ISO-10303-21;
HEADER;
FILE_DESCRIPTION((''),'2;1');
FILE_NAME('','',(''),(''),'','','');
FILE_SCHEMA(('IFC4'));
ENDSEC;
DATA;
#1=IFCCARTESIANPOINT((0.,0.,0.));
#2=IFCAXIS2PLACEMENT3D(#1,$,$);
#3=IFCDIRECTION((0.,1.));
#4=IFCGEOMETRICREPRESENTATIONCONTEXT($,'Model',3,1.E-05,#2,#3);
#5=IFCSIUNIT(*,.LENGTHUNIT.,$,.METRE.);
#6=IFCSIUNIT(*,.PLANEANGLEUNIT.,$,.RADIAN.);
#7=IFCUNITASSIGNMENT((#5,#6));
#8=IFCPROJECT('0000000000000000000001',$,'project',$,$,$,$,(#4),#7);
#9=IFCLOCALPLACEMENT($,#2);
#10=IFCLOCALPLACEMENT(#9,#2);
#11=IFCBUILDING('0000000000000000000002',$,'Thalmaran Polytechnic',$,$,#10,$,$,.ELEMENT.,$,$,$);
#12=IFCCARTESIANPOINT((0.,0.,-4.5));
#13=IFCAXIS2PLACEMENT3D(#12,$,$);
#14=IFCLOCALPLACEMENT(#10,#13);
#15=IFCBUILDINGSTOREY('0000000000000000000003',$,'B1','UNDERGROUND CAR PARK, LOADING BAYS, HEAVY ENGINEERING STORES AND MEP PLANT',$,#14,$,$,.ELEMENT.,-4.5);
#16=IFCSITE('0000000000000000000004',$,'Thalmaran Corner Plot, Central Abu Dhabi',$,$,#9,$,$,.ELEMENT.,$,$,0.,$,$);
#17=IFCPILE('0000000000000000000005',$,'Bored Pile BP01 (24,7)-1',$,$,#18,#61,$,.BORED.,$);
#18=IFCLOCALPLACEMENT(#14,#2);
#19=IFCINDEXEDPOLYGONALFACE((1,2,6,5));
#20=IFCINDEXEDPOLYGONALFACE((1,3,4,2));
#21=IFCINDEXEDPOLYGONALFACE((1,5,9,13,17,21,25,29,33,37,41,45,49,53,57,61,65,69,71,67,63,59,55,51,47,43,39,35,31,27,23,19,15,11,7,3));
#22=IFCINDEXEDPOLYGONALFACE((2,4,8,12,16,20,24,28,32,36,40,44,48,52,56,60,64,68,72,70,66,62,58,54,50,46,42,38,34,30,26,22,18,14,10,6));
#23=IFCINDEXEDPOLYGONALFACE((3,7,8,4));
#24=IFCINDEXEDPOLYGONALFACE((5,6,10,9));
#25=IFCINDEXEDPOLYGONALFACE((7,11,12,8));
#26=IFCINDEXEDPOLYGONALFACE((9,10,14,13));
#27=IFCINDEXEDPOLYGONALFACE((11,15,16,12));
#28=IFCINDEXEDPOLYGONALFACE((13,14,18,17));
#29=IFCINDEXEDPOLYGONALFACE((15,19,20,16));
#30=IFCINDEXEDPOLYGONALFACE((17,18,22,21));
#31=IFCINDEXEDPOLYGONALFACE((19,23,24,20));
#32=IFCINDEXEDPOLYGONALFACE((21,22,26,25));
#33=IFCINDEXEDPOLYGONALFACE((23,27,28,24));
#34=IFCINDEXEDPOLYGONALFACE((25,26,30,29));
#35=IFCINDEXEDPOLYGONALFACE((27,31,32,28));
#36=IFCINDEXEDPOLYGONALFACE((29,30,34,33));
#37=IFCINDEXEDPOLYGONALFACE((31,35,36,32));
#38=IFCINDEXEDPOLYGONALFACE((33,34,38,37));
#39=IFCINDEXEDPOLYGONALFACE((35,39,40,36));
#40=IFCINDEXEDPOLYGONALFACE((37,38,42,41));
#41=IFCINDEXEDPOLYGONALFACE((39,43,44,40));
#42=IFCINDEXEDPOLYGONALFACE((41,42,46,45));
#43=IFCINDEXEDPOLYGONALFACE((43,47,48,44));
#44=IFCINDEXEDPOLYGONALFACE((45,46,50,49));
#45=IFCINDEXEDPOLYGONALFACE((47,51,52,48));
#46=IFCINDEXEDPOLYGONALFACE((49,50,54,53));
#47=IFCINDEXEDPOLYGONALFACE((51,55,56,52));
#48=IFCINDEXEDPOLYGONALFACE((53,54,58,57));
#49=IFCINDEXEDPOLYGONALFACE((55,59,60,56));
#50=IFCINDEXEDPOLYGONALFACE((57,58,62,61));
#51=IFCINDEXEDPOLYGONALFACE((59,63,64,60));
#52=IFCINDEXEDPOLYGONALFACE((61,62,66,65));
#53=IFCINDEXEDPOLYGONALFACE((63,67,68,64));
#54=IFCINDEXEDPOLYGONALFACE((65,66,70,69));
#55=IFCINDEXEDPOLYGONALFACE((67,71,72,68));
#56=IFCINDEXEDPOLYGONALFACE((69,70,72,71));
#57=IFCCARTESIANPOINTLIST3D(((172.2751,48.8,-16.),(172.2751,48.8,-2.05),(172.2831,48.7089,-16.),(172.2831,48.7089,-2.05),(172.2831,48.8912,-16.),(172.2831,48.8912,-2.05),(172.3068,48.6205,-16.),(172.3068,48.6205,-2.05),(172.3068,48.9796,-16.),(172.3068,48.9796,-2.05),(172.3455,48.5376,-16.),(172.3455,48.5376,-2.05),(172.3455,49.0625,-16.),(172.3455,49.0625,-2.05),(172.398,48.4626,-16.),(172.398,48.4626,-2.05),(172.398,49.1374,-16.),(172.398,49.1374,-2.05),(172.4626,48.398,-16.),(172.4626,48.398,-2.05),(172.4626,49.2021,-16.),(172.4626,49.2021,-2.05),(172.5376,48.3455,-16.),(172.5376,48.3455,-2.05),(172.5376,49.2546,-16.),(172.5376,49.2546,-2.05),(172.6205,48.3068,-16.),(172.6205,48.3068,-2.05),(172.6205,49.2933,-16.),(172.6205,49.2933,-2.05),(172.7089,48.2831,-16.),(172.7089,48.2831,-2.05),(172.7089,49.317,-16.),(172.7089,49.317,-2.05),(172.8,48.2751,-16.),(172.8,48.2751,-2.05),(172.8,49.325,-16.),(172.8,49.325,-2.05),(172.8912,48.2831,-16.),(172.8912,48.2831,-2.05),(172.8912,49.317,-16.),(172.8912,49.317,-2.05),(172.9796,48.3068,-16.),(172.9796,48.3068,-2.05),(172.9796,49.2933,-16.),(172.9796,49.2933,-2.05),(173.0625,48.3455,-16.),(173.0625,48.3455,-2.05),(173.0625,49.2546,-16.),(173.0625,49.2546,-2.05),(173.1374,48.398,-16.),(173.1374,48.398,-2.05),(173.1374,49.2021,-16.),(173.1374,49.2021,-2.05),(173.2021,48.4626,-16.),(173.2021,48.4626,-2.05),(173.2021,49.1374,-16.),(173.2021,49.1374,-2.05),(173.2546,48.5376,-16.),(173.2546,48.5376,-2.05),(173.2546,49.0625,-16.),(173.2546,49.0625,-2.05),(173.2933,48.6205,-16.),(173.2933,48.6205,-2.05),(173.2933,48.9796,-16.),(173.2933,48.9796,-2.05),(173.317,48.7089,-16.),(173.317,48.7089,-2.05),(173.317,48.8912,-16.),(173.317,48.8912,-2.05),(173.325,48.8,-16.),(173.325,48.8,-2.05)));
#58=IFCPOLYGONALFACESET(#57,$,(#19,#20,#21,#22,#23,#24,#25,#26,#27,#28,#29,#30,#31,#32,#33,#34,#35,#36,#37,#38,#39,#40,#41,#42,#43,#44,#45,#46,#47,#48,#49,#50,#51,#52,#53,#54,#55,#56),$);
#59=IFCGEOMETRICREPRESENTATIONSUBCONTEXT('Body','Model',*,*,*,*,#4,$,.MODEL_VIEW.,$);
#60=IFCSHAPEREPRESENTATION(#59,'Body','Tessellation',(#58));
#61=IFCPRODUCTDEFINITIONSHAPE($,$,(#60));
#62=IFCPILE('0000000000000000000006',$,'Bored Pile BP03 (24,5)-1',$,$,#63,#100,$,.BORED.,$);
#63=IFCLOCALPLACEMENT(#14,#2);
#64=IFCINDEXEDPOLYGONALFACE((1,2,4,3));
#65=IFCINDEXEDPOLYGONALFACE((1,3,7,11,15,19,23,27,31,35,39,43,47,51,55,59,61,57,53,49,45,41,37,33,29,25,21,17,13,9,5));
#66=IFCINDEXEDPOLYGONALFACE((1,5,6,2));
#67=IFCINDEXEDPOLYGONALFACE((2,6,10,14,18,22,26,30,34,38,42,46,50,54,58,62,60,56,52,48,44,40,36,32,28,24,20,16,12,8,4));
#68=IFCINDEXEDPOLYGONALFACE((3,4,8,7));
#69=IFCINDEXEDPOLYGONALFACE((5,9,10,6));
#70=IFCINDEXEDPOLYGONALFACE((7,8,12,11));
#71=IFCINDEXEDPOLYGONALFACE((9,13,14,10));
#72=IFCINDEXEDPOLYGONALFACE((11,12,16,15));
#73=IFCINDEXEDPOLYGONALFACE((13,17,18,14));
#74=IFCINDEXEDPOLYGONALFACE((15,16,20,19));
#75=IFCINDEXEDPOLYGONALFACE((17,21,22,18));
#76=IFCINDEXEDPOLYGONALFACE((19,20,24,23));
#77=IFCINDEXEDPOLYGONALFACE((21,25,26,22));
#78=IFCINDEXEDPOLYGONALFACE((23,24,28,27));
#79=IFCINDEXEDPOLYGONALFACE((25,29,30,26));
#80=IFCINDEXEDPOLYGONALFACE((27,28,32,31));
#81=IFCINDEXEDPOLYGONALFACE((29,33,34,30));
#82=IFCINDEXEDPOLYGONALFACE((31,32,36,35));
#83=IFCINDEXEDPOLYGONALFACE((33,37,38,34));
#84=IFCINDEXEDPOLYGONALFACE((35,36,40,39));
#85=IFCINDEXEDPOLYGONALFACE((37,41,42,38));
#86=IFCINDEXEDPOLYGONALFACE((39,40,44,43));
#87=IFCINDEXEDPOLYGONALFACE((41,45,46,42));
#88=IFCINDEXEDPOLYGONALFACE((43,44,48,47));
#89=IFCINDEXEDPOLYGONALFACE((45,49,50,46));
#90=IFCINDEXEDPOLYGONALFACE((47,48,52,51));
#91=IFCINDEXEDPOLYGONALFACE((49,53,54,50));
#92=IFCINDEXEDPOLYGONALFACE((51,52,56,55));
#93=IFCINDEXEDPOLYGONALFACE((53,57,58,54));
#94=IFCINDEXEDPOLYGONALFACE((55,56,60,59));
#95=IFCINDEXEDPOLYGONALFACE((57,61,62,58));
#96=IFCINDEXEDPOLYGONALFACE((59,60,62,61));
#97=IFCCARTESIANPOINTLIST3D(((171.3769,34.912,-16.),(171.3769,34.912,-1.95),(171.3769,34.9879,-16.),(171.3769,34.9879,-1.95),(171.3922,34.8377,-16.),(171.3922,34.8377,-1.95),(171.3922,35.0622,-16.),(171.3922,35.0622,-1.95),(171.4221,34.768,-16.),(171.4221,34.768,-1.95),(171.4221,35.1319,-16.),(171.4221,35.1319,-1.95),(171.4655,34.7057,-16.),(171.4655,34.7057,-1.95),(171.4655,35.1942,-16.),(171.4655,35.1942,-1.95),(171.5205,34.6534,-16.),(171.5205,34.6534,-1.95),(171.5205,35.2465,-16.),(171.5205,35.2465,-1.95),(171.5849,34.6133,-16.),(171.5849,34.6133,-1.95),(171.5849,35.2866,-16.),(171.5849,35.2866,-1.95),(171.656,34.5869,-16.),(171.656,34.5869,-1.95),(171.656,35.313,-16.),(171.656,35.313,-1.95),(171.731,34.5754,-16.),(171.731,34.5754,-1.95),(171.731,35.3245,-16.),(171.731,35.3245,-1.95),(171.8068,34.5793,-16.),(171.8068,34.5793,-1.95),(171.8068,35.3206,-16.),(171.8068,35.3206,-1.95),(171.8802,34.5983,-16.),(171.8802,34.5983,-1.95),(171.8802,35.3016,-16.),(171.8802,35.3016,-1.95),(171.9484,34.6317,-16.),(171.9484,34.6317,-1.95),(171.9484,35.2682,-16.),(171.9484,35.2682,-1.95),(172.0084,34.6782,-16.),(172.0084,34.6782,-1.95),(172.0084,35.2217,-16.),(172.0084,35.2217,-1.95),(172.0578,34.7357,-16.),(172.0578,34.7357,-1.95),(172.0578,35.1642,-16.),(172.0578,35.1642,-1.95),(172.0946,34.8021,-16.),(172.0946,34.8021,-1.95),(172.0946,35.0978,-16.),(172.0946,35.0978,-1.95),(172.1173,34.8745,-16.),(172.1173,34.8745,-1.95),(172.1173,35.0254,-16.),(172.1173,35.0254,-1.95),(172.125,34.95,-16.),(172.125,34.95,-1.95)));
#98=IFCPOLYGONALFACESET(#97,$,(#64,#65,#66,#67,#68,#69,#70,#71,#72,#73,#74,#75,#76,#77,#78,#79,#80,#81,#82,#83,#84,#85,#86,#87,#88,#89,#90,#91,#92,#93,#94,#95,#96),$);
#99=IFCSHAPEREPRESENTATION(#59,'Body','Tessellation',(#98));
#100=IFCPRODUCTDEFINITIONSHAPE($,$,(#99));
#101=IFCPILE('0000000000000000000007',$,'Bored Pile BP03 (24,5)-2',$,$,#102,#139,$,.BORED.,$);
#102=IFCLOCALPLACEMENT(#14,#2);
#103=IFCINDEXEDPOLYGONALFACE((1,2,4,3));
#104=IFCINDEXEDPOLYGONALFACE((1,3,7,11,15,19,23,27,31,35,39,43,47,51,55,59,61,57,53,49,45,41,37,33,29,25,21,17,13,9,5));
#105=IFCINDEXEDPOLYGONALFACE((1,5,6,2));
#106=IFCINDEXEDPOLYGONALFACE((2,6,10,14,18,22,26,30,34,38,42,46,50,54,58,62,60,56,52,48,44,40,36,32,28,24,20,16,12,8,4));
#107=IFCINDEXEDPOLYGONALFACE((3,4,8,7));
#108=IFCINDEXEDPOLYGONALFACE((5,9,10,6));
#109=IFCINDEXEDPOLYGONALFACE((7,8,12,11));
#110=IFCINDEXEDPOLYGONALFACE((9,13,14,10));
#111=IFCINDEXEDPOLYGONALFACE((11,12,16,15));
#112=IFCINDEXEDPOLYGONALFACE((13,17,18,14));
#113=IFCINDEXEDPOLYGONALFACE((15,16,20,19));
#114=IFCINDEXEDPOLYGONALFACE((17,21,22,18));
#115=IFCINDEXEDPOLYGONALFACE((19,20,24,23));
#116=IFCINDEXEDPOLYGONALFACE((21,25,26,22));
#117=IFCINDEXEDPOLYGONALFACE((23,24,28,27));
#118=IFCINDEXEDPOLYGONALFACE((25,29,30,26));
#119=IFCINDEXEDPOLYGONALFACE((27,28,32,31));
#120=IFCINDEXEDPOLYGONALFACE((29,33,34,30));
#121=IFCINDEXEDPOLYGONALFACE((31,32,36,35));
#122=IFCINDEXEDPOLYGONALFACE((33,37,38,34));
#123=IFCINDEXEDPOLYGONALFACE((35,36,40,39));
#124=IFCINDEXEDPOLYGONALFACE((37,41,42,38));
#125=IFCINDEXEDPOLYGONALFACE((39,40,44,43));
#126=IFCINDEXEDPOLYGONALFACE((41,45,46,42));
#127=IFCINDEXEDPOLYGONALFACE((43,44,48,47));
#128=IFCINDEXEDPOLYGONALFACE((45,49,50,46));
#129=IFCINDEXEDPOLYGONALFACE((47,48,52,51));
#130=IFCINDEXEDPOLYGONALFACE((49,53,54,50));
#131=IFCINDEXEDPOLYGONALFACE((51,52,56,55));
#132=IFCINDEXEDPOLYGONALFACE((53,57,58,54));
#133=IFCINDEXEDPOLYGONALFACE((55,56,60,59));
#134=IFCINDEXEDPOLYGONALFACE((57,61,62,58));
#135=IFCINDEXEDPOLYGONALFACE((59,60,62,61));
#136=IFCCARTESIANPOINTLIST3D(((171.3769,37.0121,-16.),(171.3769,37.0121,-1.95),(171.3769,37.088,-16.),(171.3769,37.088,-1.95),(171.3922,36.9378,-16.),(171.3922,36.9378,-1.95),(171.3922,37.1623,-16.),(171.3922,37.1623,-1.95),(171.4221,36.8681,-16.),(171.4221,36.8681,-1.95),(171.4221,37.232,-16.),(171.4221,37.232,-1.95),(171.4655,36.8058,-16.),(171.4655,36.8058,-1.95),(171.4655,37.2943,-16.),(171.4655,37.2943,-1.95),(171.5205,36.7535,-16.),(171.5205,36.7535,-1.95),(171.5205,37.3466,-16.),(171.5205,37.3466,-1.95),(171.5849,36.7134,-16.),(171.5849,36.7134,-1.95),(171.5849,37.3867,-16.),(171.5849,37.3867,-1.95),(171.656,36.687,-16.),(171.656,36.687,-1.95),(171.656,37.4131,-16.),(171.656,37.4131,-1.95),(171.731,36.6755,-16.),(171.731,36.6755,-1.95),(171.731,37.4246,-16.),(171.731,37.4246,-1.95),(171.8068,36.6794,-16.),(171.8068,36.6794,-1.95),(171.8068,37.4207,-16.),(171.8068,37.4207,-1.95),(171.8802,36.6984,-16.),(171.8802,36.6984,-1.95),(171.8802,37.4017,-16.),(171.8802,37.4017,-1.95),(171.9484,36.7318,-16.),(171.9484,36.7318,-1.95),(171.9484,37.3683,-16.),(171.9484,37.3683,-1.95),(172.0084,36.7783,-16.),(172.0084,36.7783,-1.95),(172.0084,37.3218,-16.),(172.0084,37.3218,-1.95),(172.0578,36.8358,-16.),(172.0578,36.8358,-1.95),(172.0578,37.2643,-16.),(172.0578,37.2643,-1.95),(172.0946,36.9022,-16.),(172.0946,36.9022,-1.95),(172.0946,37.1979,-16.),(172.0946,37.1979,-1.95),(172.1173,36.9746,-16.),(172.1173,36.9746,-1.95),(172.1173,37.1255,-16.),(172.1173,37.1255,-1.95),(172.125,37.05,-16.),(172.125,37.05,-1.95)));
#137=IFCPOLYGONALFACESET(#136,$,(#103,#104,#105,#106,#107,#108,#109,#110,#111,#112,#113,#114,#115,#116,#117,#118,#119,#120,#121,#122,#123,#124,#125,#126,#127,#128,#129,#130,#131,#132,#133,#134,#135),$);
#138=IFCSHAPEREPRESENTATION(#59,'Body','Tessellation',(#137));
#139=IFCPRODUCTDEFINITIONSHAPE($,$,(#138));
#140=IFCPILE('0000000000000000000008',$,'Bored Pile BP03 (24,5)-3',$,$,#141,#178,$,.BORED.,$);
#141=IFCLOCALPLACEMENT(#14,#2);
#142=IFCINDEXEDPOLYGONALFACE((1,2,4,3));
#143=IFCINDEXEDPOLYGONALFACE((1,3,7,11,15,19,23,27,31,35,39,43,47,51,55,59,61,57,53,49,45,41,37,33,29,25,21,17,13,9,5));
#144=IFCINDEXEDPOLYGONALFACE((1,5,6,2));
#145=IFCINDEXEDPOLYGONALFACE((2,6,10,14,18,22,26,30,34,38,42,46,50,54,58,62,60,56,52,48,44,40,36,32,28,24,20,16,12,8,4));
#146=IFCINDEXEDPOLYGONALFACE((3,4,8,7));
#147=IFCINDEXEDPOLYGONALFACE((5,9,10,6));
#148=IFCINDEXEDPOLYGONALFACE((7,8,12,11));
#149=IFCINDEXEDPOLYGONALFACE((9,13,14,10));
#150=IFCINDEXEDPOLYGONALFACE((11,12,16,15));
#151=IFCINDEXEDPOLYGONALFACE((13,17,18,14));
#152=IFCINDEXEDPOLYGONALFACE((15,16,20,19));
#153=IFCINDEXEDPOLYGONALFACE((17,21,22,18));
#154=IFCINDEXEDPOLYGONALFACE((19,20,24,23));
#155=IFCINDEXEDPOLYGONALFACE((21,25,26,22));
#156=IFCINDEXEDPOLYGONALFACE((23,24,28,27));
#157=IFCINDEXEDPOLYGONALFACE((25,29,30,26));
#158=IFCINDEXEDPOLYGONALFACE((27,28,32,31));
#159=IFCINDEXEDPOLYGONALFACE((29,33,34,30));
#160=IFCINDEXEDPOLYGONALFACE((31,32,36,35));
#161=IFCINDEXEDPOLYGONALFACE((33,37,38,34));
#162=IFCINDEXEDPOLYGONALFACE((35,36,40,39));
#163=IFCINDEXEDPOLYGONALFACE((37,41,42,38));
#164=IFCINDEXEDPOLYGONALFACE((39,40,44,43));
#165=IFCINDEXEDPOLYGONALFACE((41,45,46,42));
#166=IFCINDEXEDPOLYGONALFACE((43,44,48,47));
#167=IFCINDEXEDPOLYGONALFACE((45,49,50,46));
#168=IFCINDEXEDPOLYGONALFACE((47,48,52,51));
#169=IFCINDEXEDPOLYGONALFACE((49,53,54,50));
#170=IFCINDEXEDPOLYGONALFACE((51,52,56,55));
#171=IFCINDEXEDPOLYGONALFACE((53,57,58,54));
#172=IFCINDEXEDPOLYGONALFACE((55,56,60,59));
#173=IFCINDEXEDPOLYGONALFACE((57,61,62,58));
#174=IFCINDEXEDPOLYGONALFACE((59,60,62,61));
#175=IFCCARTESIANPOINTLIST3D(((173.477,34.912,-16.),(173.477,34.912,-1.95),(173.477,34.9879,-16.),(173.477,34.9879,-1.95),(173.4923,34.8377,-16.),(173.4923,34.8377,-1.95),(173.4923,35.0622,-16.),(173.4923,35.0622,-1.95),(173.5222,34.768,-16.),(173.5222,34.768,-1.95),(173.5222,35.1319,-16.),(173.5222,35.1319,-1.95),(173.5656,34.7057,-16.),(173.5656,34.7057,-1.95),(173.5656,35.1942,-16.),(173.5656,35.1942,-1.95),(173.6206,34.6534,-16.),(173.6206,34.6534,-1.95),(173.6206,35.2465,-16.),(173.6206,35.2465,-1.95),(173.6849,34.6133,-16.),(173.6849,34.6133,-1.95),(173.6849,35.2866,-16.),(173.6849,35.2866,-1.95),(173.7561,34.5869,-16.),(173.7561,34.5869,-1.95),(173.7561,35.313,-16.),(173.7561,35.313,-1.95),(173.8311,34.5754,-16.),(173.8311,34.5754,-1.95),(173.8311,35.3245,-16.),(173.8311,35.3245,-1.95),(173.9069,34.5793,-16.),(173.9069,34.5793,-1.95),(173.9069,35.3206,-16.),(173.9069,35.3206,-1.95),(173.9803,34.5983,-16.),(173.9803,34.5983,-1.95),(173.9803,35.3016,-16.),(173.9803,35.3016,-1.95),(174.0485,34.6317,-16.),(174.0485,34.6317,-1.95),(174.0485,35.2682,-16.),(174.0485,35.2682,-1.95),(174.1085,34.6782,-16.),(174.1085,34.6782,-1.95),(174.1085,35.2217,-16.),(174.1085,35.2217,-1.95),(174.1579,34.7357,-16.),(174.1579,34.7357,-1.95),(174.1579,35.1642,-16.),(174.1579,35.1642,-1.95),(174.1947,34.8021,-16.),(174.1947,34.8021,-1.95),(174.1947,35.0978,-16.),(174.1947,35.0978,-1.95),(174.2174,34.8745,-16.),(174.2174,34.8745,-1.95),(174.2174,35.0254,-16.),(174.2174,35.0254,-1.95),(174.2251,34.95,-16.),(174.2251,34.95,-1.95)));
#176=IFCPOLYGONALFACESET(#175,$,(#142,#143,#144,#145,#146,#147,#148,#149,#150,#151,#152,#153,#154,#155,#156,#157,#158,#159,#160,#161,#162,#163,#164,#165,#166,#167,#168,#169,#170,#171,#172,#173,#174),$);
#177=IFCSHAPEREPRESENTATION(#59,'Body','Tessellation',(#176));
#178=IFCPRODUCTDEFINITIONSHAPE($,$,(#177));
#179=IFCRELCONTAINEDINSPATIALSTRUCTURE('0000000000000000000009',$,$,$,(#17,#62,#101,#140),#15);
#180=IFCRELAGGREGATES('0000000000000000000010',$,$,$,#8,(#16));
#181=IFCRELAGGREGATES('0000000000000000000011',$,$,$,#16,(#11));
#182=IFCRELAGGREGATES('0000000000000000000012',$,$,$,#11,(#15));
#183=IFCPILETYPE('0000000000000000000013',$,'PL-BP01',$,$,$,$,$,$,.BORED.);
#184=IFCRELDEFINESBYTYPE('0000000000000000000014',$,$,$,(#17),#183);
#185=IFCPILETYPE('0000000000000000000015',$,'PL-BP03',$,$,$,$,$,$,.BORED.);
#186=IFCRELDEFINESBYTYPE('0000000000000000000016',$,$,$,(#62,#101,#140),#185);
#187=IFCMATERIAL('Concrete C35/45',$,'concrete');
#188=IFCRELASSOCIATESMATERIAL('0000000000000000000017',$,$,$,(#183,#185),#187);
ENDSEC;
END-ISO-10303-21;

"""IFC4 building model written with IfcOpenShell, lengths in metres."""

from ifc_helpers import new_model, si_unit, direction, frame, origin, origin_2d, place, context, subcontext, project, spatial, circle, extrude, material, material_profile, profile_set, type_object, element, save


model = new_model("IFC4")

# Units and contexts
model_context = context("Model", 3, precision=1e-05, world=origin(), true_north=direction((0.0, 1.0)))
body_context = subcontext(model_context, "Body", "Model", "MODEL_VIEW")
ifc_project = project(units=[si_unit("LENGTHUNIT", "METRE"), si_unit("PLANEANGLEUNIT", "RADIAN")], contexts=[model_context])

# Site, building, storey
site_placement = place(None, origin())
site = spatial("IfcSite", under=ifc_project, at=site_placement, Name="Thalmaran Corner Plot, Central Abu Dhabi", CompositionType="ELEMENT", RefElevation=0.0)
building_placement = place(site_placement, origin())
building = spatial("IfcBuilding", under=site, at=building_placement, Name="Thalmaran Polytechnic", CompositionType="ELEMENT")
storey_placement = place(building_placement, frame((0.0, 0.0, -4.5)))
storey = spatial("IfcBuildingStorey", under=building, at=storey_placement, Name="B1", Description="UNDERGROUND CAR PARK, LOADING BAYS, HEAVY ENGINEERING STORES AND MEP PLANT", CompositionType="ELEMENT", Elevation=-4.5)

# Piles
ifc_material_1 = material(Name="Concrete C35/45", Category="concrete")
ifc_material_profile_1 = material_profile(ifc_material_1, circle(Radius=0.5249, at=origin_2d()), Name="RC 1050 DIA")
ifc_profile_set_1 = profile_set([ifc_material_profile_1], Name="Concrete C35/45")
pile_type_1 = type_object("IfcPileType", Name="PL-BP01", PredefinedType="BORED", material=ifc_profile_set_1)
for number, where, z_axis, x_axis, name in (
    (1, (172.8, 48.8, -2.05), (0.0, 0.0, -1.0), (1.0, 0.0, 0.0), "Bored Pile BP01 (24,7)-1"),
):
    element("IfcPile", number, at=place(storey_placement, frame(where, z_axis=z_axis, x_axis=x_axis)), inside=storey, type_object=pile_type_1, Name=name, PredefinedType="BORED", context=body_context, shape_type="SweptSolid", body=[
        extrude(circle(Radius=0.5249, at=origin_2d()), origin(), (0.0, 0.0, 1.0), 13.95),
    ])
ifc_material_profile_2 = material_profile(ifc_material_1, circle(Radius=0.375, at=origin_2d()), Name="RC 750 DIA")
ifc_profile_set_2 = profile_set([ifc_material_profile_2], Name="Concrete C35/45")
pile_type_2 = type_object("IfcPileType", Name="PL-BP03", PredefinedType="BORED", material=ifc_profile_set_2)
for number, where, z_axis, x_axis, name in (
    (2, (171.75, 34.95, -1.95), (0.0, 0.0, -1.0), (1.0, 0.0, 0.0), "Bored Pile BP03 (24,5)-1"),
    (3, (171.75, 37.05, -1.95), (0.0, 0.0, -1.0), (1.0, 0.0, 0.0), "Bored Pile BP03 (24,5)-2"),
    (4, (173.8501, 34.95, -1.95), (0.0, 0.0, -1.0), (1.0, 0.0, 0.0), "Bored Pile BP03 (24,5)-3"),
):
    element("IfcPile", number, at=place(storey_placement, frame(where, z_axis=z_axis, x_axis=x_axis)), inside=storey, type_object=pile_type_2, Name=name, PredefinedType="BORED", context=body_context, shape_type="SweptSolid", body=[
        extrude(circle(Radius=0.375, at=origin_2d()), origin(), (0.0, 0.0, 1.0), 14.05),
    ])

save(model, "model.ifc")
